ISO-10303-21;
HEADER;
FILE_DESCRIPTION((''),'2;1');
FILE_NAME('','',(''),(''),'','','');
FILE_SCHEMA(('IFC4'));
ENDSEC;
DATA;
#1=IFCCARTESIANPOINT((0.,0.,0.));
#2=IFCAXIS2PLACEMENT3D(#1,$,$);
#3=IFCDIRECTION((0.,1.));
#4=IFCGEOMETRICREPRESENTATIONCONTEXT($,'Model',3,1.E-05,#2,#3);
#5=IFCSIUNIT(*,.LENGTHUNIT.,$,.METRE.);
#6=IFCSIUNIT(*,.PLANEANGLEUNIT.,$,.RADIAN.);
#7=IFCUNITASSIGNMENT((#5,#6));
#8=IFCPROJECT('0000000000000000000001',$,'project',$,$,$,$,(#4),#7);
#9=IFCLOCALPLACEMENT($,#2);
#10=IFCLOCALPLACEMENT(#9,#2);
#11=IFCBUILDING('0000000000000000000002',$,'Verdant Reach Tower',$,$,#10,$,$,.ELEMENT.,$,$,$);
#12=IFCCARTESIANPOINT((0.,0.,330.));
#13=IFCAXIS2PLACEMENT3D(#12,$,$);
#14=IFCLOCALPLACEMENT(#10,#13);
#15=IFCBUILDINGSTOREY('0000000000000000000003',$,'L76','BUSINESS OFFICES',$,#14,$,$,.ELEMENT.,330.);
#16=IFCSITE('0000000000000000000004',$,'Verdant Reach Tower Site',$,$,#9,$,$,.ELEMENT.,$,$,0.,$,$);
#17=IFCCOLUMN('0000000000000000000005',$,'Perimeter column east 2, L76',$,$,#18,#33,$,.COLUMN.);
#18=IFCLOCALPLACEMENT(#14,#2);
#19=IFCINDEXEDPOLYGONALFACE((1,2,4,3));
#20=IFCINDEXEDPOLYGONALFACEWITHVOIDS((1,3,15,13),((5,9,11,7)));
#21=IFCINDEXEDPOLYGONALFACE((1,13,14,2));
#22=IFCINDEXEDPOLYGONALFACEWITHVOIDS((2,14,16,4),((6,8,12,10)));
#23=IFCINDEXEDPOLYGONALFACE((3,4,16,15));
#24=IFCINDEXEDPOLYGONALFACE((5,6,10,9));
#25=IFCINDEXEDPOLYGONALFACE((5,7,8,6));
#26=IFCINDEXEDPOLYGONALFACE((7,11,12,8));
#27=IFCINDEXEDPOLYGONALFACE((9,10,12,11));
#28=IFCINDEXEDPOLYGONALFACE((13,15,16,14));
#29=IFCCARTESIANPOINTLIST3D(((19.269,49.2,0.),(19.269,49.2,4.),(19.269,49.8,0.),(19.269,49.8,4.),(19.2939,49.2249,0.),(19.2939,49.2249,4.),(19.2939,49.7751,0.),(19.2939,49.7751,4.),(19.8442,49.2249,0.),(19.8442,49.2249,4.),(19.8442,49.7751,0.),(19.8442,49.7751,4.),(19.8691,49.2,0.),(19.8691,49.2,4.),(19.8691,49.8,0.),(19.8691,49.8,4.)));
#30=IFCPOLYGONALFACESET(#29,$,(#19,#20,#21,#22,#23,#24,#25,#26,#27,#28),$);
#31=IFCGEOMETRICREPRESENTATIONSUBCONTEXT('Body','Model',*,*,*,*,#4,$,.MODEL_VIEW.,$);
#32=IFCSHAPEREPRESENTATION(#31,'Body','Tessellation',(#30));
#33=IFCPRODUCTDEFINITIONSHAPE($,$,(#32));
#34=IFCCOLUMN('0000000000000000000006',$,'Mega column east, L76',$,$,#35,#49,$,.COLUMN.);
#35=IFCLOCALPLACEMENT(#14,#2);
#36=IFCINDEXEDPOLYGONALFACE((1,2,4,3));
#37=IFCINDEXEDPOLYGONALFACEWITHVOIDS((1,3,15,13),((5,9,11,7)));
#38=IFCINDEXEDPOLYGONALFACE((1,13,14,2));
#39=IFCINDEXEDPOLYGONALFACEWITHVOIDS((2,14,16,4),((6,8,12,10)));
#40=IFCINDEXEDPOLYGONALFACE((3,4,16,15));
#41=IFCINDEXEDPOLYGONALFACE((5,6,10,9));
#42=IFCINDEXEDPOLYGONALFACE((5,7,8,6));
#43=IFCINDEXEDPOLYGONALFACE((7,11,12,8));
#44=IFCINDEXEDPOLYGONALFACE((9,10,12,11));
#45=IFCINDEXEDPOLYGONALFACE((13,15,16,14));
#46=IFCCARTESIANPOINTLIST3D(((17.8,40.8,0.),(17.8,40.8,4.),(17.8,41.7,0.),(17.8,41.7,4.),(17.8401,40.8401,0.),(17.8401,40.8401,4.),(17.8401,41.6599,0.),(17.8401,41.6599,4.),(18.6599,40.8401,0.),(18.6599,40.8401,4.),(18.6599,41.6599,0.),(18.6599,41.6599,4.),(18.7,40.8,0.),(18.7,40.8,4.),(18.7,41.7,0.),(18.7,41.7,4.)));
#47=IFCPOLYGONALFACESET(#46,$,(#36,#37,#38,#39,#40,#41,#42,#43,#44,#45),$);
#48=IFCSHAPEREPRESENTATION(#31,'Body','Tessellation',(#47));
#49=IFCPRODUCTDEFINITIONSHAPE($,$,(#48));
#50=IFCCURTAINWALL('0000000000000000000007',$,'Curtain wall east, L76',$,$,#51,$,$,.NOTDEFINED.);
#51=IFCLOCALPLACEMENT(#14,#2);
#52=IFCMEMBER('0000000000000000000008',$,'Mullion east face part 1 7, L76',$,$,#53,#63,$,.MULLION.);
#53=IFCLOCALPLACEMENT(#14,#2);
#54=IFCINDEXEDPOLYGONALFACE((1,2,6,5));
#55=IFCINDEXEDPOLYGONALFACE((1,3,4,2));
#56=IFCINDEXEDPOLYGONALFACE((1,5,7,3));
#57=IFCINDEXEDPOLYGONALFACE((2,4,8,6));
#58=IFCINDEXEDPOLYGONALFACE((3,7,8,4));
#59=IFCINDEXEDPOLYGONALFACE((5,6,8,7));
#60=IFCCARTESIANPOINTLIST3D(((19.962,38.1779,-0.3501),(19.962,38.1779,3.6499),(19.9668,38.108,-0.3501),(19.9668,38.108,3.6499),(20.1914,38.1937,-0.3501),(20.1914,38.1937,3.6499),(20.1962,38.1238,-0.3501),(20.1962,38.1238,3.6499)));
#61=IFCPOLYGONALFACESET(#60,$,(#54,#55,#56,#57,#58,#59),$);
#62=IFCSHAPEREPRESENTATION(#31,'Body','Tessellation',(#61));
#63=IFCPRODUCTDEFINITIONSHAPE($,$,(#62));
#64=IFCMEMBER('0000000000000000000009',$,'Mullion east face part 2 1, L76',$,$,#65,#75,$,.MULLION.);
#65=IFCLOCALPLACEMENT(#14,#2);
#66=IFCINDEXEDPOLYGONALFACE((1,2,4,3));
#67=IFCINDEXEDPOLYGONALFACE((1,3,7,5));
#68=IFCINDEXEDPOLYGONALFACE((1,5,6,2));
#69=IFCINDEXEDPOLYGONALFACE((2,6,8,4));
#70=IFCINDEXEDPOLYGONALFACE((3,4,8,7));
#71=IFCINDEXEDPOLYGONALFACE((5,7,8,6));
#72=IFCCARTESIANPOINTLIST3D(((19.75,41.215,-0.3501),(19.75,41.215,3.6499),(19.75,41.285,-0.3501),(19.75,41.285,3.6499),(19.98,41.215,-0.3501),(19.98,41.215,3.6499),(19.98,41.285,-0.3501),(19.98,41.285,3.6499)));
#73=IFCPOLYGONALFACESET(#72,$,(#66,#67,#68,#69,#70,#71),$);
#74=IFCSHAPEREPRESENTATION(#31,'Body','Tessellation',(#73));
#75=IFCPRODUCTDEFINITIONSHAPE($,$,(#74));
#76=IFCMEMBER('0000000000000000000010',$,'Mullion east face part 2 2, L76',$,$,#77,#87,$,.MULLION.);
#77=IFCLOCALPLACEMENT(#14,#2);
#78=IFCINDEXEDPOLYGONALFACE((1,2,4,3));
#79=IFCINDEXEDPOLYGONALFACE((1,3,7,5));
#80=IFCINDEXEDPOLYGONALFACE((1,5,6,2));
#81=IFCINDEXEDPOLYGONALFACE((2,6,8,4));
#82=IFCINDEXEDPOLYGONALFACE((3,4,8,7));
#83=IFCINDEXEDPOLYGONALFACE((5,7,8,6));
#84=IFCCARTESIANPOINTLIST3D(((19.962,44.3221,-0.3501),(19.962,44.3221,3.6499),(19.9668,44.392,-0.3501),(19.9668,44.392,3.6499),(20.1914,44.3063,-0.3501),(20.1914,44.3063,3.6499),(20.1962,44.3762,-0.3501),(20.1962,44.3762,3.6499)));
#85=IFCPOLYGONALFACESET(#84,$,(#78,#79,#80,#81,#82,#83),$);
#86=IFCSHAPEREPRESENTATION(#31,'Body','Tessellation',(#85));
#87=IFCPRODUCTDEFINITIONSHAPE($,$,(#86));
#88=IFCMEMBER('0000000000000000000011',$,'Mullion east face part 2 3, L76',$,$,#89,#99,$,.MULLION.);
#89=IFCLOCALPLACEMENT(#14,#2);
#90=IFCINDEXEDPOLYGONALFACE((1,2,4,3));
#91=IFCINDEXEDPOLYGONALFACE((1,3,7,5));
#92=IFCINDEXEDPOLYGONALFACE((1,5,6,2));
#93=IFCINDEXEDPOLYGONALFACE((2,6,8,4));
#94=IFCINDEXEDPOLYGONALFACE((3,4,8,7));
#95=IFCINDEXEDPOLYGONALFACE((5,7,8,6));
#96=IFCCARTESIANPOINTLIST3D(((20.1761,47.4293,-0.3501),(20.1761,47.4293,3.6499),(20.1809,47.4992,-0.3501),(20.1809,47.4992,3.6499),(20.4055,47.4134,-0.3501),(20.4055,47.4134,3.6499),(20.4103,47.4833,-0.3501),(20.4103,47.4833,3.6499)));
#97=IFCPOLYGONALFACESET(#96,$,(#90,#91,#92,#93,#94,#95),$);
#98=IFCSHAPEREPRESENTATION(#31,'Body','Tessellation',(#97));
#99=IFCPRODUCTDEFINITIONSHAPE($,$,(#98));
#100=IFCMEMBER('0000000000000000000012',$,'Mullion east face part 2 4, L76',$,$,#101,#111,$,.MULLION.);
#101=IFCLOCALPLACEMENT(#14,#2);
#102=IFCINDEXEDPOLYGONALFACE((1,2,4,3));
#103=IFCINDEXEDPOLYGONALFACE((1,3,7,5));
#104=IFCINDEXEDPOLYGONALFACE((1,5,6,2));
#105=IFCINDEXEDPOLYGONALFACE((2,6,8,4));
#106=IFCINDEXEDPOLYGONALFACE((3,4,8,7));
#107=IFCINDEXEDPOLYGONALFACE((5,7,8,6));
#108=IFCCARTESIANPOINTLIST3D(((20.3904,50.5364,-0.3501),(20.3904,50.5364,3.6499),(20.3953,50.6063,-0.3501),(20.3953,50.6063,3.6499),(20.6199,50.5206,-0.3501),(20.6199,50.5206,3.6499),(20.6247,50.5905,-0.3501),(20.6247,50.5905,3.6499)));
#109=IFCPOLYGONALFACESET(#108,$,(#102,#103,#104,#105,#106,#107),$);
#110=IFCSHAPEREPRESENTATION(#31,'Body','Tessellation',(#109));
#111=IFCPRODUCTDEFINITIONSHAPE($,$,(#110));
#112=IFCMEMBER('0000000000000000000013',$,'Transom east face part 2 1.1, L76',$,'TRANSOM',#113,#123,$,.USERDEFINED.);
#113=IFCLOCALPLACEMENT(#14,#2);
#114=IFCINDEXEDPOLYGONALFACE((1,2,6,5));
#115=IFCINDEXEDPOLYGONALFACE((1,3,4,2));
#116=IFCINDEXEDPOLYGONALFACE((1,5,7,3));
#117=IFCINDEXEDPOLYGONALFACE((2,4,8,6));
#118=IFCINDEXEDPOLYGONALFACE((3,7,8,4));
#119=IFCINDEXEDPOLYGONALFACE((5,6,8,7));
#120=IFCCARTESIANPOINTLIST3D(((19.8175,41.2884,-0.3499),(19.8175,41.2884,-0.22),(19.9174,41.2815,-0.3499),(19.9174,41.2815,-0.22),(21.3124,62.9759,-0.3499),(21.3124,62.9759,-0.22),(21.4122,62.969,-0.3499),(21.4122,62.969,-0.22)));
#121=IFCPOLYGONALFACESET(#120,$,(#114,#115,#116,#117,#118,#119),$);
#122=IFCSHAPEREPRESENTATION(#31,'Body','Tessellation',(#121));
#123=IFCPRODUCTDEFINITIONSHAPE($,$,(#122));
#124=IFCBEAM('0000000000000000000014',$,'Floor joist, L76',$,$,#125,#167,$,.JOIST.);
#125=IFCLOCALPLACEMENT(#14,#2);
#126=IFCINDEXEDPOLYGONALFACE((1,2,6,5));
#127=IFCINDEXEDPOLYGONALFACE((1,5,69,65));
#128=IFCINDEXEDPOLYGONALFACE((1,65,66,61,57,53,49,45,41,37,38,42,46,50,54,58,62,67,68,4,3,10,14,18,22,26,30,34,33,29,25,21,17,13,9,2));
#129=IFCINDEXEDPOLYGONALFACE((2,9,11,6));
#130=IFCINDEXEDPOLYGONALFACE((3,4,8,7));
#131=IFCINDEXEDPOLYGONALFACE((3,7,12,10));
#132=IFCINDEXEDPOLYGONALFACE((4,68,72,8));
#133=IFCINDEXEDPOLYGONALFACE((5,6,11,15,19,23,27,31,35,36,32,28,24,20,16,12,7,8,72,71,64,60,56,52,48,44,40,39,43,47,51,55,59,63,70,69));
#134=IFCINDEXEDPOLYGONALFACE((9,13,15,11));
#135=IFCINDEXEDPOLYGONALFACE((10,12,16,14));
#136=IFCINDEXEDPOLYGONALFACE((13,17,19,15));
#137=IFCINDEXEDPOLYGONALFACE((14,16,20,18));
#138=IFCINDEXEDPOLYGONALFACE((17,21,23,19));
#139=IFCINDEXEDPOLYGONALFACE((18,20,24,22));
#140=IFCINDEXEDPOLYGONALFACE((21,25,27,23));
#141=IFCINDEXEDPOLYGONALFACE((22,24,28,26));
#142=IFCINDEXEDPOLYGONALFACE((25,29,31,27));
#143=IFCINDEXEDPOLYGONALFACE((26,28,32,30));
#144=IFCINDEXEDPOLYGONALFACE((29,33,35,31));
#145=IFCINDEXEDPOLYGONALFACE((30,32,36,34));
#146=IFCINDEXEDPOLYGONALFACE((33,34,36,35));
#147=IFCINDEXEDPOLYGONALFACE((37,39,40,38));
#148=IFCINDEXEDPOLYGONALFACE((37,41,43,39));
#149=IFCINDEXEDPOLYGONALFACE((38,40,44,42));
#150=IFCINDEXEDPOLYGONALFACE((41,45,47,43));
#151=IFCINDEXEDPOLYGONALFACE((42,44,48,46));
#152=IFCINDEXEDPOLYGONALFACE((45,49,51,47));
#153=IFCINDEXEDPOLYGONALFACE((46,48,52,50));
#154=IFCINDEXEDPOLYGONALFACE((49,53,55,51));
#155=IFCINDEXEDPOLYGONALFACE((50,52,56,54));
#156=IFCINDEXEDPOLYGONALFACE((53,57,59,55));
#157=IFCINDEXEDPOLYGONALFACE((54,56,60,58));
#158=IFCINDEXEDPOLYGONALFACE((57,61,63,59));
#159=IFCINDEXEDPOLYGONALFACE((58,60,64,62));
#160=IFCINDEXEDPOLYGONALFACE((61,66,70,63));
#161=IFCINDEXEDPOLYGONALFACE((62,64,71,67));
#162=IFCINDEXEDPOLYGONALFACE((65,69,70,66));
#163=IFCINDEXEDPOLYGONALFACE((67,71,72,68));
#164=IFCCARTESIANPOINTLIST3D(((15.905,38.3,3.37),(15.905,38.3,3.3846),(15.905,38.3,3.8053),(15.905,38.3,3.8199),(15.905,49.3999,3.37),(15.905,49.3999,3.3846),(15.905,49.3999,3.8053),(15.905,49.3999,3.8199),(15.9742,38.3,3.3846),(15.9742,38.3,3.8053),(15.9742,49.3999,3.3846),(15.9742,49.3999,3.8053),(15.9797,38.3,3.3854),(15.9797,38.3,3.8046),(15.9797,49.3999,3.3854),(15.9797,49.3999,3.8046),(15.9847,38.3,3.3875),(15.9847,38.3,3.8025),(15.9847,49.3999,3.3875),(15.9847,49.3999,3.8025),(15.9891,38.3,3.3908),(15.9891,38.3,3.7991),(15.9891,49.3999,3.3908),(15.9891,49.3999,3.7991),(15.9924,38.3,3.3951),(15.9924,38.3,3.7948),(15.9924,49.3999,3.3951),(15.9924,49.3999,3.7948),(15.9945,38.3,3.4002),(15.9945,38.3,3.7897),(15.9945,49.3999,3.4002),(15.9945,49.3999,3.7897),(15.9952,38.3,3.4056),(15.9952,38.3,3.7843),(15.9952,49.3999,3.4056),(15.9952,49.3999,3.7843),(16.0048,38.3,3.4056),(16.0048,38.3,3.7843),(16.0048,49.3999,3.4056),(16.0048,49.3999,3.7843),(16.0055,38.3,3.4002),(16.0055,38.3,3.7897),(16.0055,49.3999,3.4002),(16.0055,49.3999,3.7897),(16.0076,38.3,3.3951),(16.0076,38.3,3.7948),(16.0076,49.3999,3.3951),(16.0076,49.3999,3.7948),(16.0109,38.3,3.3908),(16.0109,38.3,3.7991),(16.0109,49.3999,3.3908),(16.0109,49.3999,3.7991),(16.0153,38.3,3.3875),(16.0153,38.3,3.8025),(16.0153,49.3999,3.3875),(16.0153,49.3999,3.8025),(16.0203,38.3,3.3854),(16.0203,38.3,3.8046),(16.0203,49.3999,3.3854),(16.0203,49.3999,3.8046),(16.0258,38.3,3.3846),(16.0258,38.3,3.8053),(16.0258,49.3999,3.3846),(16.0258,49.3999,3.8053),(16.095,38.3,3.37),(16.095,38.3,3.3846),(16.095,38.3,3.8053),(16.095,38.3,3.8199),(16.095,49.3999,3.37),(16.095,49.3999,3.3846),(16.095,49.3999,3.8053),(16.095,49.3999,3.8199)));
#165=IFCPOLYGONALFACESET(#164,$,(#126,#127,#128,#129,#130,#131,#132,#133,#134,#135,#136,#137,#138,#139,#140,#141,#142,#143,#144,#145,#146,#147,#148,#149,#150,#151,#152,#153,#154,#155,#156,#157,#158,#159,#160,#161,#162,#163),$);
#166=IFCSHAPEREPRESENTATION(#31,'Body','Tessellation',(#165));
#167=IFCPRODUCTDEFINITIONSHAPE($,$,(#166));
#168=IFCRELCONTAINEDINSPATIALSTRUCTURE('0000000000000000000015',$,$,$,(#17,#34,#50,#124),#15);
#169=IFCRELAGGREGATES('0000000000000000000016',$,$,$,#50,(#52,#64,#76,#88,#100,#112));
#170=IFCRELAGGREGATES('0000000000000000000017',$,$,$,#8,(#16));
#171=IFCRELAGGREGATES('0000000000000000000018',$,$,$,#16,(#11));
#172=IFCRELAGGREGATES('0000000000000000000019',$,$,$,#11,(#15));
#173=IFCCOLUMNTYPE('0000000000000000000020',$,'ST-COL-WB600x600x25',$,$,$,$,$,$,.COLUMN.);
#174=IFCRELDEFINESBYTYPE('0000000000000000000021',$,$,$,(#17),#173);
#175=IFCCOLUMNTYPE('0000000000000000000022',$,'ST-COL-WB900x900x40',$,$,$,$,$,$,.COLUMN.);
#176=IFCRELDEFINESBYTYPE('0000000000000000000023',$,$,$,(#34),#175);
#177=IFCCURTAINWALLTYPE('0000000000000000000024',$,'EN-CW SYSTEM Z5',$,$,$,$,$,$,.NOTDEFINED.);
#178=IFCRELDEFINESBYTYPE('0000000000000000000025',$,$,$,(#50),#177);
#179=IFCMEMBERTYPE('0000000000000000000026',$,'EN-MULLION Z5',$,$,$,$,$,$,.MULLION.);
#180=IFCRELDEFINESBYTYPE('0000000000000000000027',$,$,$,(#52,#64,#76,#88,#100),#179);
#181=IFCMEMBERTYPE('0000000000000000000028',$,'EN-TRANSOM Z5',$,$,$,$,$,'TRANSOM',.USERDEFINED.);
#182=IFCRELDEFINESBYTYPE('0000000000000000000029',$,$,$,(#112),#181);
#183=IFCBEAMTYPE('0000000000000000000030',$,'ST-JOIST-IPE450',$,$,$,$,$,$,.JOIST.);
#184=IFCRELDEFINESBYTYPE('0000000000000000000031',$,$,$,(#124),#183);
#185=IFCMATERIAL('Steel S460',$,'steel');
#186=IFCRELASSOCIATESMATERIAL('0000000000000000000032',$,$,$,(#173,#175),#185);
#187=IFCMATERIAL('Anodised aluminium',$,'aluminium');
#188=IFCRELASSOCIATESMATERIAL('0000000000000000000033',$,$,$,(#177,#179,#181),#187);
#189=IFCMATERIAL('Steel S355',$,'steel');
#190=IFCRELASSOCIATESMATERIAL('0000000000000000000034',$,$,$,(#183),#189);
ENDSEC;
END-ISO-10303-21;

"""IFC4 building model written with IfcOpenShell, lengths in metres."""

from ifc_helpers import new_model, si_unit, direction, frame, origin, origin_2d, place, context, subcontext, project, spatial, rectangle, hollow_rectangle, i_section, extrude, material, material_profile, profile_set, type_object, element, aggregate, save


model = new_model("IFC4")

# Units and contexts
model_context = context("Model", 3, precision=1e-05, world=origin(), true_north=direction((0.0, 1.0)))
body_context = subcontext(model_context, "Body", "Model", "MODEL_VIEW")
ifc_project = project(units=[si_unit("LENGTHUNIT", "METRE"), si_unit("PLANEANGLEUNIT", "RADIAN")], contexts=[model_context])

# Site, building, storey
site_placement = place(None, origin())
site = spatial("IfcSite", under=ifc_project, at=site_placement, Name="Verdant Reach Tower Site", CompositionType="ELEMENT", RefElevation=0.0)
building_placement = place(site_placement, origin())
building = spatial("IfcBuilding", under=site, at=building_placement, Name="Verdant Reach Tower", CompositionType="ELEMENT")
storey_placement = place(building_placement, frame((0.0, 0.0, 330.0)))
storey = spatial("IfcBuildingStorey", under=building, at=storey_placement, Name="L76", Description="BUSINESS OFFICES", CompositionType="ELEMENT", Elevation=330.0)

# Columns
ifc_material_1 = material(Name="Steel S460", Category="steel")
ifc_material_profile_1 = material_profile(ifc_material_1, hollow_rectangle(XDim=0.6001, YDim=0.6001, WallThickness=0.0249, at=origin_2d()), Name="WB 600x600x25")
ifc_profile_set_1 = profile_set([ifc_material_profile_1], Name="Steel S460")
column_type_1 = type_object("IfcColumnType", Name="ST-COL-WB600x600x25", PredefinedType="COLUMN", material=ifc_profile_set_1)
column_1_placement = place(storey_placement, frame((19.5691, 49.5, 0.0), z_axis=(0.0, 0.0, 1.0), x_axis=(1.0, 0.0, 0.0)))
element("IfcColumn", 1, at=column_1_placement, inside=storey, type_object=column_type_1, Name="Perimeter column east 2, L76", PredefinedType="COLUMN", context=body_context, shape_type="SweptSolid", body=[
    extrude(hollow_rectangle(XDim=0.6001, YDim=0.6001, WallThickness=0.0249, at=origin_2d()), origin(), (0.0, 0.0, 1.0), 4.0),
])
ifc_material_profile_2 = material_profile(ifc_material_1, hollow_rectangle(XDim=0.8999, YDim=0.8999, WallThickness=0.04, at=origin_2d()), Name="WB 900x900x40")
ifc_profile_set_2 = profile_set([ifc_material_profile_2], Name="Steel S460")
column_type_2 = type_object("IfcColumnType", Name="ST-COL-WB900x900x40", PredefinedType="COLUMN", material=ifc_profile_set_2)
column_2_placement = place(storey_placement, frame((18.25, 41.25, 0.0), z_axis=(0.0, 0.0, 1.0), x_axis=(1.0, 0.0, 0.0)))
element("IfcColumn", 2, at=column_2_placement, inside=storey, type_object=column_type_2, Name="Mega column east, L76", PredefinedType="COLUMN", context=body_context, shape_type="SweptSolid", body=[
    extrude(hollow_rectangle(XDim=0.8999, YDim=0.8999, WallThickness=0.04, at=origin_2d()), origin(), (0.0, 0.0, 1.0), 4.0),
])

# Curtain wall, members
ifc_material_2 = material(Name="Anodised aluminium", Category="aluminium")
curtain_wall_type = type_object("IfcCurtainWallType", Name="EN-CW SYSTEM Z5", PredefinedType="NOTDEFINED", material=ifc_material_2)
curtain_wall_placement = place(storey_placement, origin())
curtain_wall = element("IfcCurtainWall", 3, at=curtain_wall_placement, inside=storey, type_object=curtain_wall_type, Name="Curtain wall east, L76", PredefinedType="NOTDEFINED")
ifc_material_profile_3 = material_profile(ifc_material_2, rectangle(XDim=0.23, YDim=0.0701, at=origin_2d()), Name="Mullion 70x230")
ifc_profile_set_3 = profile_set([ifc_material_profile_3], Name="Anodised aluminium")
member_type_1 = type_object("IfcMemberType", Name="EN-MULLION Z5", PredefinedType="MULLION", material=ifc_profile_set_3)
member_1_placement = place(storey_placement, frame((20.0791, 38.1509, -0.3501), z_axis=(0.0, 0.0, 1.0), x_axis=(0.99763, 0.068802, 0.0)))
member_1 = element("IfcMember", 4, at=member_1_placement, type_object=member_type_1, Name="Mullion east face part 1 7, L76", PredefinedType="MULLION", context=body_context, shape_type="SweptSolid", body=[
    extrude(rectangle(XDim=0.23, YDim=0.0701, at=origin_2d()), origin(), (0.0, 0.0, 1.0), 4.0),
])
member_2_placement = place(storey_placement, frame((19.865, 41.25, -0.3501), z_axis=(0.0, 0.0, 1.0), x_axis=(1.0, 0.0, 0.0)))
member_2 = element("IfcMember", 5, at=member_2_placement, type_object=member_type_1, Name="Mullion east face part 2 1, L76", PredefinedType="MULLION", context=body_context, shape_type="SweptSolid", body=[
    extrude(rectangle(XDim=0.23, YDim=0.0701, at=origin_2d()), origin(), (0.0, 0.0, 1.0), 4.0),
])
member_3_placement = place(storey_placement, frame((20.0791, 44.3491, -0.3501), z_axis=(0.0, 0.0, 1.0), x_axis=(0.99763, -0.068802, 0.0)))
member_3 = element("IfcMember", 6, at=member_3_placement, type_object=member_type_1, Name="Mullion east face part 2 2, L76", PredefinedType="MULLION", context=body_context, shape_type="SweptSolid", body=[
    extrude(rectangle(XDim=0.23, YDim=0.0701, at=origin_2d()), origin(), (0.0, 0.0, 1.0), 4.0),
])
member_4_placement = place(storey_placement, frame((20.2932, 47.4563, -0.3501), z_axis=(0.0, 0.0, 1.0), x_axis=(0.99763, -0.068802, 0.0)))
member_4 = element("IfcMember", 7, at=member_4_placement, type_object=member_type_1, Name="Mullion east face part 2 3, L76", PredefinedType="MULLION", context=body_context, shape_type="SweptSolid", body=[
    extrude(rectangle(XDim=0.23, YDim=0.0701, at=origin_2d()), origin(), (0.0, 0.0, 1.0), 4.0),
])
member_5_placement = place(storey_placement, frame((20.5076, 50.5635, -0.3501), z_axis=(0.0, 0.0, 1.0), x_axis=(0.99763, -0.068802, 0.0)))
member_5 = element("IfcMember", 8, at=member_5_placement, type_object=member_type_1, Name="Mullion east face part 2 4, L76", PredefinedType="MULLION", context=body_context, shape_type="SweptSolid", body=[
    extrude(rectangle(XDim=0.23, YDim=0.0701, at=origin_2d()), origin(), (0.0, 0.0, 1.0), 4.0),
])
ifc_material_profile_4 = material_profile(ifc_material_2, rectangle(XDim=0.1001, YDim=0.1299, at=origin_2d()), Name="Transom 130x100")
ifc_profile_set_4 = profile_set([ifc_material_profile_4], Name="Anodised aluminium")
member_type_2 = type_object("IfcMemberType", Name="EN-TRANSOM Z5", ElementType="TRANSOM", PredefinedType="USERDEFINED", material=ifc_profile_set_4)
member_6_placement = place(storey_placement, frame((19.8674, 41.2849, -0.2849), z_axis=(0.068765, 0.997633, 0.0), x_axis=(-0.997633, 0.068765, 0.0)))
member_6 = element("IfcMember", 9, at=member_6_placement, type_object=member_type_2, Name="Transom east face part 2 1.1, L76", ObjectType="TRANSOM", PredefinedType="USERDEFINED", context=body_context, shape_type="SweptSolid", body=[
    extrude(rectangle(XDim=0.1001, YDim=0.1299, at=origin_2d()), origin(), (0.0, 0.0, 1.0), 21.739),
])

# Beam
ifc_material_3 = material(Name="Steel S355", Category="steel")
ifc_material_profile_5 = material_profile(ifc_material_3, i_section(OverallWidth=0.1899, OverallDepth=0.45, WebThickness=0.0095, FlangeThickness=0.0146, FilletRadius=0.021, at=origin_2d()), Name="IPE 450")
ifc_profile_set_5 = profile_set([ifc_material_profile_5], Name="Steel S355")
beam_type_1 = type_object("IfcBeamType", Name="ST-JOIST-IPE450", PredefinedType="JOIST", material=ifc_profile_set_5)
beam_1_placement = place(storey_placement, frame((16.0, 38.3, 3.595), z_axis=(0.0, 1.0, 0.0), x_axis=(-1.0, 0.0, 0.0)))
element("IfcBeam", 10, at=beam_1_placement, inside=storey, type_object=beam_type_1, Name="Floor joist, L76", PredefinedType="JOIST", context=body_context, shape_type="SweptSolid", body=[
    extrude(i_section(OverallWidth=0.1899, OverallDepth=0.45, WebThickness=0.0095, FlangeThickness=0.0146, FilletRadius=0.021, at=origin_2d()), origin(), (0.0, 0.0, 1.0), 11.0999),
])

aggregate(curtain_wall, [member_1, member_2, member_3, member_4, member_5, member_6])

save(model, "model.ifc")
